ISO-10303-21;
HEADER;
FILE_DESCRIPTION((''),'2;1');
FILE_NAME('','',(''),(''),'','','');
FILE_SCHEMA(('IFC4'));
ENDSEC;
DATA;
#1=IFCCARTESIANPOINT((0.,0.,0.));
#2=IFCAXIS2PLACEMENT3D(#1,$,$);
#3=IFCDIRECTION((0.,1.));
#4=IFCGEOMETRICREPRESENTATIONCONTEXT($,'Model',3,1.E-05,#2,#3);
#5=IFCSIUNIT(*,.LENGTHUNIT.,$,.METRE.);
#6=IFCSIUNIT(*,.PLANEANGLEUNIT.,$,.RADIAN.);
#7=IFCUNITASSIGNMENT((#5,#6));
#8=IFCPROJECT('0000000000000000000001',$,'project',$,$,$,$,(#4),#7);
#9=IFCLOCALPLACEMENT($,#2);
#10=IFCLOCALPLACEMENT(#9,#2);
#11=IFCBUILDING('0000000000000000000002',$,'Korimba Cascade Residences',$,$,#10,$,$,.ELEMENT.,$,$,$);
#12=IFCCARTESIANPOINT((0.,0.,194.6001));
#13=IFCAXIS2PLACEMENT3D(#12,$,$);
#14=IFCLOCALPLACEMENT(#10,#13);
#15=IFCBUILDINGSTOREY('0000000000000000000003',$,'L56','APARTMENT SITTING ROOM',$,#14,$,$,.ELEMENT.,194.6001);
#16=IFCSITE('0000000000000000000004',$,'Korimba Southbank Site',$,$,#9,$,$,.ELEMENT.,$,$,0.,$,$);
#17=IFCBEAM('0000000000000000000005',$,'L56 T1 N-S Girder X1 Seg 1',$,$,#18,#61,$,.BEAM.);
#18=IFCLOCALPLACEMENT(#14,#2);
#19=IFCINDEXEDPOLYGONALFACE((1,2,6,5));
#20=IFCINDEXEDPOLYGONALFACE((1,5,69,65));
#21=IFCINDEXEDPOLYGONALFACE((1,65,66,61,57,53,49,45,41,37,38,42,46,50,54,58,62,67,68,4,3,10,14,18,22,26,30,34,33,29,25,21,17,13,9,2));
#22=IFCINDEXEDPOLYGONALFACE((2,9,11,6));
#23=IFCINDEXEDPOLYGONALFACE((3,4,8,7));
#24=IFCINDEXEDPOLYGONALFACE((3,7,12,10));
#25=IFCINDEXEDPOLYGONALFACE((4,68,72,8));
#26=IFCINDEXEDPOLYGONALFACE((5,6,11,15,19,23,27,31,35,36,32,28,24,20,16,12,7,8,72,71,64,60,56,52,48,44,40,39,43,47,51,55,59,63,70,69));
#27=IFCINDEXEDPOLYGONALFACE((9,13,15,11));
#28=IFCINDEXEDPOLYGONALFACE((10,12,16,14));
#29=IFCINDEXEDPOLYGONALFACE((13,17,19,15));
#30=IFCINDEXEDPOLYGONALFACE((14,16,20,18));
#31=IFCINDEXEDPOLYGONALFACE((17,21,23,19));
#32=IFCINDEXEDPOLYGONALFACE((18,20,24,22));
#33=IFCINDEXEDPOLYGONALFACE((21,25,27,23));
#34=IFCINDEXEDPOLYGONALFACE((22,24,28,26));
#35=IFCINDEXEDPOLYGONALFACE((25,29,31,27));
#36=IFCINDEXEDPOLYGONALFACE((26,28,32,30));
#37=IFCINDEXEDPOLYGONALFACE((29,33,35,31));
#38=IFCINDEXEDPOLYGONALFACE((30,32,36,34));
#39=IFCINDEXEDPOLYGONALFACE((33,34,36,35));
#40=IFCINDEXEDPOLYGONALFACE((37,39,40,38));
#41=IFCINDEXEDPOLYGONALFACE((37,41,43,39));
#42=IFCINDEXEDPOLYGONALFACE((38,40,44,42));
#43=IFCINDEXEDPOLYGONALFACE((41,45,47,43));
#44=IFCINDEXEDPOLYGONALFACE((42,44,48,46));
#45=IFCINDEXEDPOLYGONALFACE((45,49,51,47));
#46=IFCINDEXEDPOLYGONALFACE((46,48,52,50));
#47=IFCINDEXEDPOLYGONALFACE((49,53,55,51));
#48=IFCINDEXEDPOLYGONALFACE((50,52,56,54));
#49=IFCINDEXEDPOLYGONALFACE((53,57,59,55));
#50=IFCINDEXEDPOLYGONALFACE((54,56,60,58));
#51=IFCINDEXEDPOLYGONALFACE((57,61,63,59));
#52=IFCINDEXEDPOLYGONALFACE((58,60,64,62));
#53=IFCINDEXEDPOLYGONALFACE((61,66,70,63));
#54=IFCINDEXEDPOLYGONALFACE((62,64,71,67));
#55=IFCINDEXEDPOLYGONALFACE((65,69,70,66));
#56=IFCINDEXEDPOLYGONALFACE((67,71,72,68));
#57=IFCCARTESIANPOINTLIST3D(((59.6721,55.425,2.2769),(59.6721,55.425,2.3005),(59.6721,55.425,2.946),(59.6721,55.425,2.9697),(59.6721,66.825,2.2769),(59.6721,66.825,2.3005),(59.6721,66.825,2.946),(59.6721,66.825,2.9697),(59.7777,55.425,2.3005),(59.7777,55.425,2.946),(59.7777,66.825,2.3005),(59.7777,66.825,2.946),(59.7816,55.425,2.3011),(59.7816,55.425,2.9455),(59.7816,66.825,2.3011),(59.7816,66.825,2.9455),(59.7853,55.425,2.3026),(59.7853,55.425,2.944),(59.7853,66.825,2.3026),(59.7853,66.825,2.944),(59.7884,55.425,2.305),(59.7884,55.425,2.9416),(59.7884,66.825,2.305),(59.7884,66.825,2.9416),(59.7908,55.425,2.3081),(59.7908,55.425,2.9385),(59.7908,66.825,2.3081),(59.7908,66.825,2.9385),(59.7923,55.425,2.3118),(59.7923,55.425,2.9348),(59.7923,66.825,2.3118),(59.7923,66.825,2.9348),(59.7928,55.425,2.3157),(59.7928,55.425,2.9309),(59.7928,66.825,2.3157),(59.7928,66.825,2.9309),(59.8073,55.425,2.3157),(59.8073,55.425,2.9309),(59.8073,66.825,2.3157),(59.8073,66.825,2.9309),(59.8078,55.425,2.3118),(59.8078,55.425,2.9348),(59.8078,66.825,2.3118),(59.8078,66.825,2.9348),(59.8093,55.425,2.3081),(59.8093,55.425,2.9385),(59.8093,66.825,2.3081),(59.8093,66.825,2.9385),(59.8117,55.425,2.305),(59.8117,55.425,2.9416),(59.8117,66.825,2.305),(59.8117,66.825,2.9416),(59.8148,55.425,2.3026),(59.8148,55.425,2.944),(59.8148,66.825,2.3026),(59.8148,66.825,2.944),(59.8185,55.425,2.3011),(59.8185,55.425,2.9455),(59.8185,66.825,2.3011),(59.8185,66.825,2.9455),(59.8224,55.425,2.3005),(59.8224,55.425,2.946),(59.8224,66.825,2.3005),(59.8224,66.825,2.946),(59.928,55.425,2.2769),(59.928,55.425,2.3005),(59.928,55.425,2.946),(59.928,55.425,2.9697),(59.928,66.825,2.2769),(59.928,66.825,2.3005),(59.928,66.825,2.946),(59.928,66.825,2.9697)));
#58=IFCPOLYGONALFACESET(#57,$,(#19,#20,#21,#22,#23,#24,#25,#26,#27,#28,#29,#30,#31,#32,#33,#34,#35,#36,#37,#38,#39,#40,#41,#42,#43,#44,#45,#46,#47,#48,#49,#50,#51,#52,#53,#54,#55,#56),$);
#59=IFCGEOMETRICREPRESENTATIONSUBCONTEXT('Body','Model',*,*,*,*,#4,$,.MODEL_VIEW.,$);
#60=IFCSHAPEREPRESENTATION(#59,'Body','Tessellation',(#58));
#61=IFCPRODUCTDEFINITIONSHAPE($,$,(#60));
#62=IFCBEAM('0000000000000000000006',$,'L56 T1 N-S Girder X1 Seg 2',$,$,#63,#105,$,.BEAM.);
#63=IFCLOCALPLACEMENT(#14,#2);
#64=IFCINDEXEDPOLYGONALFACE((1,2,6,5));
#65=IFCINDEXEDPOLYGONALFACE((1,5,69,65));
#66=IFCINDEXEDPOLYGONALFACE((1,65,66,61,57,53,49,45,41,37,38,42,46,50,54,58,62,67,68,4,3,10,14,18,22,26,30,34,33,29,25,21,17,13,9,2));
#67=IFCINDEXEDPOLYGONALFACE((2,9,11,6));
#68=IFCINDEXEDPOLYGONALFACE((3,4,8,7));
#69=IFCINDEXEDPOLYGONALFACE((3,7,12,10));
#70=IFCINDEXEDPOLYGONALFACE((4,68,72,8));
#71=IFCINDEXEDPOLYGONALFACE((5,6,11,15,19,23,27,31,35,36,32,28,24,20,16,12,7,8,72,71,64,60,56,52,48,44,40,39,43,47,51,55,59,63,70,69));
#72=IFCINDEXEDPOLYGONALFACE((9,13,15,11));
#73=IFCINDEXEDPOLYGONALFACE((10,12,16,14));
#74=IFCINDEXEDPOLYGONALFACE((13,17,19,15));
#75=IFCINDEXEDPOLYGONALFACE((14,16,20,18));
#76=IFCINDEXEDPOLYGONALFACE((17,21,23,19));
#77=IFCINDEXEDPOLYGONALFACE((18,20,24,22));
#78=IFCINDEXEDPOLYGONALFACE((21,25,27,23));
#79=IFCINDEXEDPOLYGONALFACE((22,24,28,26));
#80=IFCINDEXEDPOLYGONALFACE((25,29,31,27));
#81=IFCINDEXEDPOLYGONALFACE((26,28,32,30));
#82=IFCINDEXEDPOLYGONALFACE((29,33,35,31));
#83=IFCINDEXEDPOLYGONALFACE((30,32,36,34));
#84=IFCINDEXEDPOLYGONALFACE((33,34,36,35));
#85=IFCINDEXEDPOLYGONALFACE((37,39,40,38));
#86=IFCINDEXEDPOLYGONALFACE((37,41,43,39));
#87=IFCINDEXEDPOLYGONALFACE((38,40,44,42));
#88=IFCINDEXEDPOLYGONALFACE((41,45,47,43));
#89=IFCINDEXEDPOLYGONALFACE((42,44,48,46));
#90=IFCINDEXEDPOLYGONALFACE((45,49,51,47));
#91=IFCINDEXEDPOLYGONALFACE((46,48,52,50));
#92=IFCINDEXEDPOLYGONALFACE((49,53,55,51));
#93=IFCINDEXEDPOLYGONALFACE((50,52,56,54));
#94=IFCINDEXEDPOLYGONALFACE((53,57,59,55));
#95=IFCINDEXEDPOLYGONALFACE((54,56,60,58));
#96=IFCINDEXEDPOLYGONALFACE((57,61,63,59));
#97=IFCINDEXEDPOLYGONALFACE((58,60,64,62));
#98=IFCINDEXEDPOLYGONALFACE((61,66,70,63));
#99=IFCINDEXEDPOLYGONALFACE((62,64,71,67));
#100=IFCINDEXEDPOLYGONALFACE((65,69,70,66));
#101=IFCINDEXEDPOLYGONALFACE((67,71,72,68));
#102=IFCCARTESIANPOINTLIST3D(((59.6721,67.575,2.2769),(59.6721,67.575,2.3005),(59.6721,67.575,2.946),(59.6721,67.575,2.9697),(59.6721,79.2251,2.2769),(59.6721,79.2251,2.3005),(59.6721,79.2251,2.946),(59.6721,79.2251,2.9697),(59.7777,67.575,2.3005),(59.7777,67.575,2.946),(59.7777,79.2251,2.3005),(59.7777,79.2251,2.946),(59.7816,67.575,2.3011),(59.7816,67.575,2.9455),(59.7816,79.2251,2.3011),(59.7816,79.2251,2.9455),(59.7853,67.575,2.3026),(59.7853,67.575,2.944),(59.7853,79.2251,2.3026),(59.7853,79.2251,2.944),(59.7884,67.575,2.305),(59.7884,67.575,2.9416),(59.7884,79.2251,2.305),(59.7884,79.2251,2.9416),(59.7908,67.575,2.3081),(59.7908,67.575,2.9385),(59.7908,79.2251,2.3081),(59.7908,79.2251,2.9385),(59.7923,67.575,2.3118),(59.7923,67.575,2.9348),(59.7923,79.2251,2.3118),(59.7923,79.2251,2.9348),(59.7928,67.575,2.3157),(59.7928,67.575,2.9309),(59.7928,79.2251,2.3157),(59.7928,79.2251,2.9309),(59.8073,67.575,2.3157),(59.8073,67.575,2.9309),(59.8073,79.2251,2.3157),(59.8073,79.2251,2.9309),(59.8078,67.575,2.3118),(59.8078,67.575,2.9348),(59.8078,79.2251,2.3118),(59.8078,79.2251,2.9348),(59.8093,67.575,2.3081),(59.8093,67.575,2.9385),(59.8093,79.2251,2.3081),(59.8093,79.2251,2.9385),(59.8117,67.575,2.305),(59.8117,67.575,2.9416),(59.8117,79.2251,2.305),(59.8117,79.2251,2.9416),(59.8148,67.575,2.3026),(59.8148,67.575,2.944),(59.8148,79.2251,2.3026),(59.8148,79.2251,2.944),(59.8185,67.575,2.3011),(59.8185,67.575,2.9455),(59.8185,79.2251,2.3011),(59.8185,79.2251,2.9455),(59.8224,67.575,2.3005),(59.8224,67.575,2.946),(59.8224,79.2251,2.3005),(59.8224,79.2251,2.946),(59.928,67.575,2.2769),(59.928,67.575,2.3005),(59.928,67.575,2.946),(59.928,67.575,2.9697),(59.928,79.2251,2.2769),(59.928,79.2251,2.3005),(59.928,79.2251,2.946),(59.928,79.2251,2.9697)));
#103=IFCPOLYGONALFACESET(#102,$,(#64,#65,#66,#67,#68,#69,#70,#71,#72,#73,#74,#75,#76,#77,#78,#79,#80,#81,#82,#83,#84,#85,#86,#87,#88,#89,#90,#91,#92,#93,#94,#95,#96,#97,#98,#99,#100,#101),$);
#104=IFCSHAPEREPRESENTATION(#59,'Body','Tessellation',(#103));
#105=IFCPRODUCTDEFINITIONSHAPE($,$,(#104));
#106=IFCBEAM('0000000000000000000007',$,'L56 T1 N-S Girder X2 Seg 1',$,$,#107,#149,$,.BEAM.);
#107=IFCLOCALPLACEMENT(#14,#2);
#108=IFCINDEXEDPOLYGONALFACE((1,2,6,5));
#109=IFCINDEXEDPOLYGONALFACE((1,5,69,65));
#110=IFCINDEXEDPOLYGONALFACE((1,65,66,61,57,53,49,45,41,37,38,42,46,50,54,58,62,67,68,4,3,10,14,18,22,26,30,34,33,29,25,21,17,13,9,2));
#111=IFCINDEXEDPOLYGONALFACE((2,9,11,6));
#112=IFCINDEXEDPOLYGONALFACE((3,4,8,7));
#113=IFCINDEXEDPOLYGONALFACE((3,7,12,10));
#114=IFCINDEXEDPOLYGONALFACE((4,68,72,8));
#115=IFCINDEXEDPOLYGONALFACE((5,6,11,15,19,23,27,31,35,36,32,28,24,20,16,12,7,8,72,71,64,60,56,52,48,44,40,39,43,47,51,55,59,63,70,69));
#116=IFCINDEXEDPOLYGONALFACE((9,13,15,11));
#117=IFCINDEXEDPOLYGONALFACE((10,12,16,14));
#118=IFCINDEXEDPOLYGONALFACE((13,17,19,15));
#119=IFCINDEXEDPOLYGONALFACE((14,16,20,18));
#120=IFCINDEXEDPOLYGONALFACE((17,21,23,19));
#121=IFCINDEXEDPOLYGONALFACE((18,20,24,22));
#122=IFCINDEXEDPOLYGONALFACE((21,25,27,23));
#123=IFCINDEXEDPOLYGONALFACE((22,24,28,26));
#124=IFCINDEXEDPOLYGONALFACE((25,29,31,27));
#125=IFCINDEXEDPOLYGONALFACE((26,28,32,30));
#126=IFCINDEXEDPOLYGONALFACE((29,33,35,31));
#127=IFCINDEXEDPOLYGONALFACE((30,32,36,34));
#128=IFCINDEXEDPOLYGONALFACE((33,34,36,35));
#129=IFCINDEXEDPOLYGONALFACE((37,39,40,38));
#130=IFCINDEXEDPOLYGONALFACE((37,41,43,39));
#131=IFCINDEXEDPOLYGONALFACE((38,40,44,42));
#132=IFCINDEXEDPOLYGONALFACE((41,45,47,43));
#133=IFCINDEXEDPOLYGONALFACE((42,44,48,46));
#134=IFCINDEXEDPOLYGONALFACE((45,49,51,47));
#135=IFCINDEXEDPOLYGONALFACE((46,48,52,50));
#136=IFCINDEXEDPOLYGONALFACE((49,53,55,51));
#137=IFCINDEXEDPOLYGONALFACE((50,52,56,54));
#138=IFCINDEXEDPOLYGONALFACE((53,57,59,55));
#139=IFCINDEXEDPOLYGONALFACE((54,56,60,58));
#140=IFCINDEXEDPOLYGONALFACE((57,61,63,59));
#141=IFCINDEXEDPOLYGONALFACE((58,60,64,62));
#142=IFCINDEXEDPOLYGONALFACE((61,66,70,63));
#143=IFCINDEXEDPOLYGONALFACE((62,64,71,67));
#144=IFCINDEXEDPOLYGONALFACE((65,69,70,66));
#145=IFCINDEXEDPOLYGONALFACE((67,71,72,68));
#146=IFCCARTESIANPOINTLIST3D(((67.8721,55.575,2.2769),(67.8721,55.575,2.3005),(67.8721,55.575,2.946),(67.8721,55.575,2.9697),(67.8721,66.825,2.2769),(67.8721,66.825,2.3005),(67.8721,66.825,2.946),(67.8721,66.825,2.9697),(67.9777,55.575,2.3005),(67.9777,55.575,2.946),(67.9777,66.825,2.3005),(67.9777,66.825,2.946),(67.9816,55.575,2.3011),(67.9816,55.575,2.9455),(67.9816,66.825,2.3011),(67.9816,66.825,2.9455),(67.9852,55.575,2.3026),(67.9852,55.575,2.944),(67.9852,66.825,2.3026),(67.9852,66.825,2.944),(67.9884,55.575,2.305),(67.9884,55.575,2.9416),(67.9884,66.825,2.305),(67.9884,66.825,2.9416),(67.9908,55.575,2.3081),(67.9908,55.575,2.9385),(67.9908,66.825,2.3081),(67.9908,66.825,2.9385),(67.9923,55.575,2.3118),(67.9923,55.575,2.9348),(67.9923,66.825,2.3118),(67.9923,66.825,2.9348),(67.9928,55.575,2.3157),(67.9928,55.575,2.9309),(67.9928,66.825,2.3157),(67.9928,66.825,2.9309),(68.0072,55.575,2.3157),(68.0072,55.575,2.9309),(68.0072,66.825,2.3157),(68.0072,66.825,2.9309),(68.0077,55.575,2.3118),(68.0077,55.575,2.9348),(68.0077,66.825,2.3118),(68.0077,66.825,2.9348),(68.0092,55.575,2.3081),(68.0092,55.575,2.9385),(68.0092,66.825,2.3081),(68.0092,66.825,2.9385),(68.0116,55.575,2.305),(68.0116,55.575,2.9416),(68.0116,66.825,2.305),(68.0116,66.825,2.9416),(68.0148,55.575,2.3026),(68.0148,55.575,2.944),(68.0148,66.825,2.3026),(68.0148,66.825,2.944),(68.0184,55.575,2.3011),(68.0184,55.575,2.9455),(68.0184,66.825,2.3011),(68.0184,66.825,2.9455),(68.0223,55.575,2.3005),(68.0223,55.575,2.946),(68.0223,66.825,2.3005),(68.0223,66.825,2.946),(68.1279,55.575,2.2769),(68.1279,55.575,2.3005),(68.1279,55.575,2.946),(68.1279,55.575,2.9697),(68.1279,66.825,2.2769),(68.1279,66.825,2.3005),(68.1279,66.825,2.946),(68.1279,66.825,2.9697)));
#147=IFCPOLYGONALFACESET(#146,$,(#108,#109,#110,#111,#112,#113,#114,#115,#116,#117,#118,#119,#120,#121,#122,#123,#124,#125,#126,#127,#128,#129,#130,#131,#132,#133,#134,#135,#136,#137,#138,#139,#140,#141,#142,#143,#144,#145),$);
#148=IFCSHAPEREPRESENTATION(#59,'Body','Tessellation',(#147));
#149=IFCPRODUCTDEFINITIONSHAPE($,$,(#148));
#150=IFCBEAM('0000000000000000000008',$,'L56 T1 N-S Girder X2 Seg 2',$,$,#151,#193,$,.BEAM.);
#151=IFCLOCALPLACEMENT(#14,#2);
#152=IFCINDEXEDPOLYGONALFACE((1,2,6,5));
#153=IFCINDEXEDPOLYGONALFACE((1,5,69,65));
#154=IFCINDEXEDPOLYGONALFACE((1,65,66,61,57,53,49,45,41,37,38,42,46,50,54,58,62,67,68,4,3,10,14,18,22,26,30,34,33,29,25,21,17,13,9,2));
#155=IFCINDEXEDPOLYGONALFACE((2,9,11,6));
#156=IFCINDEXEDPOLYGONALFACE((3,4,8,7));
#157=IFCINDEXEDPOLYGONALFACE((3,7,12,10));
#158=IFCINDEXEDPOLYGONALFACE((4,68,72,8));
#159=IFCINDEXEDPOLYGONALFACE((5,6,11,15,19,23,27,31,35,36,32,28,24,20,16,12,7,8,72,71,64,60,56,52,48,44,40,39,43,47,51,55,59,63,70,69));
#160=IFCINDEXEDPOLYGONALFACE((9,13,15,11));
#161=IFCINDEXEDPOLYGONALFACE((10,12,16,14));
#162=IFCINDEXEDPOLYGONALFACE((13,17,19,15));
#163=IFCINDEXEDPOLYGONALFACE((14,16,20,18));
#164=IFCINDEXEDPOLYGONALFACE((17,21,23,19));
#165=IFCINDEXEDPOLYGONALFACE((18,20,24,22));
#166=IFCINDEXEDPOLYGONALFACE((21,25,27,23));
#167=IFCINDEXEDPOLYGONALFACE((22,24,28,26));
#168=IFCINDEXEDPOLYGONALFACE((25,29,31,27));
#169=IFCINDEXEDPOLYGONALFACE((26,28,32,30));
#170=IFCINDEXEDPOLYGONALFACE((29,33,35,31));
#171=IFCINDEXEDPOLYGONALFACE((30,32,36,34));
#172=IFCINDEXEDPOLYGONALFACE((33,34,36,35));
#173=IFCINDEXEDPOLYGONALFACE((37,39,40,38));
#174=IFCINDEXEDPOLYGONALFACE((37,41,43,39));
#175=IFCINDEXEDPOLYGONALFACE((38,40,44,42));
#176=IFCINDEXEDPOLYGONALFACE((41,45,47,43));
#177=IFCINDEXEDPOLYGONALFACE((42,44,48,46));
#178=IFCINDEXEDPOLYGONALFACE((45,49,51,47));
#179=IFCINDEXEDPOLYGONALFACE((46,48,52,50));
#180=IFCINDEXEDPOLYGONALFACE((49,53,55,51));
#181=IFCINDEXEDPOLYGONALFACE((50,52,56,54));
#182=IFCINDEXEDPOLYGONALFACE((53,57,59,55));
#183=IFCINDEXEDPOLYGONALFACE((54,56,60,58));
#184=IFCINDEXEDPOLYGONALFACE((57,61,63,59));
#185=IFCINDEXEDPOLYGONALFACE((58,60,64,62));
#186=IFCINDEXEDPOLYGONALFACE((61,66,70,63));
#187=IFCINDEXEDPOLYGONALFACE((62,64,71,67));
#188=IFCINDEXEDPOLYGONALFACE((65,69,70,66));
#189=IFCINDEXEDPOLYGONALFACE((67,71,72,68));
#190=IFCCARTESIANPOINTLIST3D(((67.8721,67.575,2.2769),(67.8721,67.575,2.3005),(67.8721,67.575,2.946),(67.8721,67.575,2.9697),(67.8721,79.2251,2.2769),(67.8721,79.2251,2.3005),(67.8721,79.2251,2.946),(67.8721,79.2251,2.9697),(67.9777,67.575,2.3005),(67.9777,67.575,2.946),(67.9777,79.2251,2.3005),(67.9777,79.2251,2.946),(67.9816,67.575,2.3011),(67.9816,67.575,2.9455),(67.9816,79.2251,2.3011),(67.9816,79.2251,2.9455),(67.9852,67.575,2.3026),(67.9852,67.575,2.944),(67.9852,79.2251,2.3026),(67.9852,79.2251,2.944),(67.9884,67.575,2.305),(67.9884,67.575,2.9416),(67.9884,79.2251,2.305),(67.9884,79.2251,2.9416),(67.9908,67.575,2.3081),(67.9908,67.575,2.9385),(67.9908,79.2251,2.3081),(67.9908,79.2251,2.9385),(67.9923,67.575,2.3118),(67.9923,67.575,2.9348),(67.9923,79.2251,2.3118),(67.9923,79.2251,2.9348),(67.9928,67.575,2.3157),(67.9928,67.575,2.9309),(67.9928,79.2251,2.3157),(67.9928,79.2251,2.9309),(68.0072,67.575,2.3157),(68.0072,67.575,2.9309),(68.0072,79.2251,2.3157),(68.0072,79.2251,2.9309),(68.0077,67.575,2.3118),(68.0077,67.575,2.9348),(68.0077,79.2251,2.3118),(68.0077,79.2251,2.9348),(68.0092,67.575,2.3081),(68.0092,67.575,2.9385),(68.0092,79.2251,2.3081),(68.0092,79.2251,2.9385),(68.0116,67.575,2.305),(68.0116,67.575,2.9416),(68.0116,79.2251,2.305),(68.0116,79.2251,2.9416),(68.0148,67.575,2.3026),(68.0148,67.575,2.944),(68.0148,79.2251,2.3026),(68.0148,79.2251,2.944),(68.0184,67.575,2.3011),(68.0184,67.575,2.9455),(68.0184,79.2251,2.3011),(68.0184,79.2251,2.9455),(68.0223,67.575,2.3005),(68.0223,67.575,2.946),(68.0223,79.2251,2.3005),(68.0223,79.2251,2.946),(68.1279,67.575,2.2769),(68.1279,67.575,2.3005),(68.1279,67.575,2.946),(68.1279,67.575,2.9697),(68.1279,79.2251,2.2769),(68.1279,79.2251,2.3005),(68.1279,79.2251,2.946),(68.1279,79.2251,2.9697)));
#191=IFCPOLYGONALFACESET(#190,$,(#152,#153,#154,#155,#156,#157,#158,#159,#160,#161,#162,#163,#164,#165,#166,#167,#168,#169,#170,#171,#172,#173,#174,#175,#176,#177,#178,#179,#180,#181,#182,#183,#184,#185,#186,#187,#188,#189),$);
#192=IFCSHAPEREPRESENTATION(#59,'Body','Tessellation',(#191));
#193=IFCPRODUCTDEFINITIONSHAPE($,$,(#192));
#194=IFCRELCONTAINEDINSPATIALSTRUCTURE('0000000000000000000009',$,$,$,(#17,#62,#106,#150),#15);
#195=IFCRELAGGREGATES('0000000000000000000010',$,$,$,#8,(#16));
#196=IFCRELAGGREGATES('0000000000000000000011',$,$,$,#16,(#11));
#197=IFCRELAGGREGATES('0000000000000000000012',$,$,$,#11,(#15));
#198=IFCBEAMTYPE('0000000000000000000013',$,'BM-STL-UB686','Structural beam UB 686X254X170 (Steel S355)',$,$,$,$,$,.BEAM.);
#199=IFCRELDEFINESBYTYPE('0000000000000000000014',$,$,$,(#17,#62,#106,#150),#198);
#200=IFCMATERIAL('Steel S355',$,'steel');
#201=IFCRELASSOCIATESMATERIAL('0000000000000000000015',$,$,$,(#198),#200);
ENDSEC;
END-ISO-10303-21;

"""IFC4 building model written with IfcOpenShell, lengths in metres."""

from ifc_helpers import new_model, si_unit, direction, frame, origin, origin_2d, place, context, subcontext, project, spatial, i_section, extrude, material, material_profile, profile_set, type_object, element, save


model = new_model("IFC4")

# Units and contexts
model_context = context("Model", 3, precision=1e-05, world=origin(), true_north=direction((0.0, 1.0)))
body_context = subcontext(model_context, "Body", "Model", "MODEL_VIEW")
ifc_project = project(units=[si_unit("LENGTHUNIT", "METRE"), si_unit("PLANEANGLEUNIT", "RADIAN")], contexts=[model_context])

# Site, building, storey
site_placement = place(None, origin())
site = spatial("IfcSite", under=ifc_project, at=site_placement, Name="Korimba Southbank Site", CompositionType="ELEMENT", RefElevation=0.0)
building_placement = place(site_placement, origin())
building = spatial("IfcBuilding", under=site, at=building_placement, Name="Korimba Cascade Residences", CompositionType="ELEMENT")
storey_placement = place(building_placement, frame((0.0, 0.0, 194.6001)))
storey = spatial("IfcBuildingStorey", under=building, at=storey_placement, Name="L56", Description="APARTMENT SITTING ROOM", CompositionType="ELEMENT", Elevation=194.6001)

# Beams
ifc_material_1 = material(Name="Steel S355", Category="steel")
ifc_material_profile_1 = material_profile(ifc_material_1, i_section(OverallWidth=0.2559, OverallDepth=0.6929, WebThickness=0.0144, FlangeThickness=0.0237, FilletRadius=0.0151, at=origin_2d()), Name="Steel S355")
ifc_profile_set_1 = profile_set([ifc_material_profile_1], Name="Steel S355")
beam_type_1 = type_object("IfcBeamType", Name="BM-STL-UB686", Description="Structural beam UB 686X254X170 (Steel S355)", PredefinedType="BEAM", material=ifc_profile_set_1)
beam_1_placement = place(storey_placement, frame((59.8, 55.425, 2.6233), z_axis=(0.0, 1.0, 0.0), x_axis=(-1.0, 0.0, 0.0)))
element("IfcBeam", 1, at=beam_1_placement, inside=storey, type_object=beam_type_1, Name="L56 T1 N-S Girder X1 Seg 1", PredefinedType="BEAM", context=body_context, shape_type="SweptSolid", body=[
    extrude(i_section(OverallWidth=0.2559, OverallDepth=0.6929, WebThickness=0.0144, FlangeThickness=0.0237, FilletRadius=0.0151, at=origin_2d()), origin(), (0.0, 0.0, 1.0), 11.3999),
])
beam_2_placement = place(storey_placement, frame((59.8, 67.575, 2.6233), z_axis=(0.0, 1.0, 0.0), x_axis=(-1.0, 0.0, 0.0)))
element("IfcBeam", 2, at=beam_2_placement, inside=storey, type_object=beam_type_1, Name="L56 T1 N-S Girder X1 Seg 2", PredefinedType="BEAM", context=body_context, shape_type="SweptSolid", body=[
    extrude(i_section(OverallWidth=0.2559, OverallDepth=0.6929, WebThickness=0.0144, FlangeThickness=0.0237, FilletRadius=0.0151, at=origin_2d()), origin(), (0.0, 0.0, 1.0), 11.6501),
])
beam_3_placement = place(storey_placement, frame((68.0, 55.575, 2.6233), z_axis=(0.0, 1.0, 0.0), x_axis=(-1.0, 0.0, 0.0)))
element("IfcBeam", 3, at=beam_3_placement, inside=storey, type_object=beam_type_1, Name="L56 T1 N-S Girder X2 Seg 1", PredefinedType="BEAM", context=body_context, shape_type="SweptSolid", body=[
    extrude(i_section(OverallWidth=0.2559, OverallDepth=0.6929, WebThickness=0.0144, FlangeThickness=0.0237, FilletRadius=0.0151, at=origin_2d()), origin(), (0.0, 0.0, 1.0), 11.25),
])
beam_4_placement = place(storey_placement, frame((68.0, 67.575, 2.6233), z_axis=(0.0, 1.0, 0.0), x_axis=(-1.0, 0.0, 0.0)))
element("IfcBeam", 4, at=beam_4_placement, inside=storey, type_object=beam_type_1, Name="L56 T1 N-S Girder X2 Seg 2", PredefinedType="BEAM", context=body_context, shape_type="SweptSolid", body=[
    extrude(i_section(OverallWidth=0.2559, OverallDepth=0.6929, WebThickness=0.0144, FlangeThickness=0.0237, FilletRadius=0.0151, at=origin_2d()), origin(), (0.0, 0.0, 1.0), 11.6501),
])

save(model, "model.ifc")
